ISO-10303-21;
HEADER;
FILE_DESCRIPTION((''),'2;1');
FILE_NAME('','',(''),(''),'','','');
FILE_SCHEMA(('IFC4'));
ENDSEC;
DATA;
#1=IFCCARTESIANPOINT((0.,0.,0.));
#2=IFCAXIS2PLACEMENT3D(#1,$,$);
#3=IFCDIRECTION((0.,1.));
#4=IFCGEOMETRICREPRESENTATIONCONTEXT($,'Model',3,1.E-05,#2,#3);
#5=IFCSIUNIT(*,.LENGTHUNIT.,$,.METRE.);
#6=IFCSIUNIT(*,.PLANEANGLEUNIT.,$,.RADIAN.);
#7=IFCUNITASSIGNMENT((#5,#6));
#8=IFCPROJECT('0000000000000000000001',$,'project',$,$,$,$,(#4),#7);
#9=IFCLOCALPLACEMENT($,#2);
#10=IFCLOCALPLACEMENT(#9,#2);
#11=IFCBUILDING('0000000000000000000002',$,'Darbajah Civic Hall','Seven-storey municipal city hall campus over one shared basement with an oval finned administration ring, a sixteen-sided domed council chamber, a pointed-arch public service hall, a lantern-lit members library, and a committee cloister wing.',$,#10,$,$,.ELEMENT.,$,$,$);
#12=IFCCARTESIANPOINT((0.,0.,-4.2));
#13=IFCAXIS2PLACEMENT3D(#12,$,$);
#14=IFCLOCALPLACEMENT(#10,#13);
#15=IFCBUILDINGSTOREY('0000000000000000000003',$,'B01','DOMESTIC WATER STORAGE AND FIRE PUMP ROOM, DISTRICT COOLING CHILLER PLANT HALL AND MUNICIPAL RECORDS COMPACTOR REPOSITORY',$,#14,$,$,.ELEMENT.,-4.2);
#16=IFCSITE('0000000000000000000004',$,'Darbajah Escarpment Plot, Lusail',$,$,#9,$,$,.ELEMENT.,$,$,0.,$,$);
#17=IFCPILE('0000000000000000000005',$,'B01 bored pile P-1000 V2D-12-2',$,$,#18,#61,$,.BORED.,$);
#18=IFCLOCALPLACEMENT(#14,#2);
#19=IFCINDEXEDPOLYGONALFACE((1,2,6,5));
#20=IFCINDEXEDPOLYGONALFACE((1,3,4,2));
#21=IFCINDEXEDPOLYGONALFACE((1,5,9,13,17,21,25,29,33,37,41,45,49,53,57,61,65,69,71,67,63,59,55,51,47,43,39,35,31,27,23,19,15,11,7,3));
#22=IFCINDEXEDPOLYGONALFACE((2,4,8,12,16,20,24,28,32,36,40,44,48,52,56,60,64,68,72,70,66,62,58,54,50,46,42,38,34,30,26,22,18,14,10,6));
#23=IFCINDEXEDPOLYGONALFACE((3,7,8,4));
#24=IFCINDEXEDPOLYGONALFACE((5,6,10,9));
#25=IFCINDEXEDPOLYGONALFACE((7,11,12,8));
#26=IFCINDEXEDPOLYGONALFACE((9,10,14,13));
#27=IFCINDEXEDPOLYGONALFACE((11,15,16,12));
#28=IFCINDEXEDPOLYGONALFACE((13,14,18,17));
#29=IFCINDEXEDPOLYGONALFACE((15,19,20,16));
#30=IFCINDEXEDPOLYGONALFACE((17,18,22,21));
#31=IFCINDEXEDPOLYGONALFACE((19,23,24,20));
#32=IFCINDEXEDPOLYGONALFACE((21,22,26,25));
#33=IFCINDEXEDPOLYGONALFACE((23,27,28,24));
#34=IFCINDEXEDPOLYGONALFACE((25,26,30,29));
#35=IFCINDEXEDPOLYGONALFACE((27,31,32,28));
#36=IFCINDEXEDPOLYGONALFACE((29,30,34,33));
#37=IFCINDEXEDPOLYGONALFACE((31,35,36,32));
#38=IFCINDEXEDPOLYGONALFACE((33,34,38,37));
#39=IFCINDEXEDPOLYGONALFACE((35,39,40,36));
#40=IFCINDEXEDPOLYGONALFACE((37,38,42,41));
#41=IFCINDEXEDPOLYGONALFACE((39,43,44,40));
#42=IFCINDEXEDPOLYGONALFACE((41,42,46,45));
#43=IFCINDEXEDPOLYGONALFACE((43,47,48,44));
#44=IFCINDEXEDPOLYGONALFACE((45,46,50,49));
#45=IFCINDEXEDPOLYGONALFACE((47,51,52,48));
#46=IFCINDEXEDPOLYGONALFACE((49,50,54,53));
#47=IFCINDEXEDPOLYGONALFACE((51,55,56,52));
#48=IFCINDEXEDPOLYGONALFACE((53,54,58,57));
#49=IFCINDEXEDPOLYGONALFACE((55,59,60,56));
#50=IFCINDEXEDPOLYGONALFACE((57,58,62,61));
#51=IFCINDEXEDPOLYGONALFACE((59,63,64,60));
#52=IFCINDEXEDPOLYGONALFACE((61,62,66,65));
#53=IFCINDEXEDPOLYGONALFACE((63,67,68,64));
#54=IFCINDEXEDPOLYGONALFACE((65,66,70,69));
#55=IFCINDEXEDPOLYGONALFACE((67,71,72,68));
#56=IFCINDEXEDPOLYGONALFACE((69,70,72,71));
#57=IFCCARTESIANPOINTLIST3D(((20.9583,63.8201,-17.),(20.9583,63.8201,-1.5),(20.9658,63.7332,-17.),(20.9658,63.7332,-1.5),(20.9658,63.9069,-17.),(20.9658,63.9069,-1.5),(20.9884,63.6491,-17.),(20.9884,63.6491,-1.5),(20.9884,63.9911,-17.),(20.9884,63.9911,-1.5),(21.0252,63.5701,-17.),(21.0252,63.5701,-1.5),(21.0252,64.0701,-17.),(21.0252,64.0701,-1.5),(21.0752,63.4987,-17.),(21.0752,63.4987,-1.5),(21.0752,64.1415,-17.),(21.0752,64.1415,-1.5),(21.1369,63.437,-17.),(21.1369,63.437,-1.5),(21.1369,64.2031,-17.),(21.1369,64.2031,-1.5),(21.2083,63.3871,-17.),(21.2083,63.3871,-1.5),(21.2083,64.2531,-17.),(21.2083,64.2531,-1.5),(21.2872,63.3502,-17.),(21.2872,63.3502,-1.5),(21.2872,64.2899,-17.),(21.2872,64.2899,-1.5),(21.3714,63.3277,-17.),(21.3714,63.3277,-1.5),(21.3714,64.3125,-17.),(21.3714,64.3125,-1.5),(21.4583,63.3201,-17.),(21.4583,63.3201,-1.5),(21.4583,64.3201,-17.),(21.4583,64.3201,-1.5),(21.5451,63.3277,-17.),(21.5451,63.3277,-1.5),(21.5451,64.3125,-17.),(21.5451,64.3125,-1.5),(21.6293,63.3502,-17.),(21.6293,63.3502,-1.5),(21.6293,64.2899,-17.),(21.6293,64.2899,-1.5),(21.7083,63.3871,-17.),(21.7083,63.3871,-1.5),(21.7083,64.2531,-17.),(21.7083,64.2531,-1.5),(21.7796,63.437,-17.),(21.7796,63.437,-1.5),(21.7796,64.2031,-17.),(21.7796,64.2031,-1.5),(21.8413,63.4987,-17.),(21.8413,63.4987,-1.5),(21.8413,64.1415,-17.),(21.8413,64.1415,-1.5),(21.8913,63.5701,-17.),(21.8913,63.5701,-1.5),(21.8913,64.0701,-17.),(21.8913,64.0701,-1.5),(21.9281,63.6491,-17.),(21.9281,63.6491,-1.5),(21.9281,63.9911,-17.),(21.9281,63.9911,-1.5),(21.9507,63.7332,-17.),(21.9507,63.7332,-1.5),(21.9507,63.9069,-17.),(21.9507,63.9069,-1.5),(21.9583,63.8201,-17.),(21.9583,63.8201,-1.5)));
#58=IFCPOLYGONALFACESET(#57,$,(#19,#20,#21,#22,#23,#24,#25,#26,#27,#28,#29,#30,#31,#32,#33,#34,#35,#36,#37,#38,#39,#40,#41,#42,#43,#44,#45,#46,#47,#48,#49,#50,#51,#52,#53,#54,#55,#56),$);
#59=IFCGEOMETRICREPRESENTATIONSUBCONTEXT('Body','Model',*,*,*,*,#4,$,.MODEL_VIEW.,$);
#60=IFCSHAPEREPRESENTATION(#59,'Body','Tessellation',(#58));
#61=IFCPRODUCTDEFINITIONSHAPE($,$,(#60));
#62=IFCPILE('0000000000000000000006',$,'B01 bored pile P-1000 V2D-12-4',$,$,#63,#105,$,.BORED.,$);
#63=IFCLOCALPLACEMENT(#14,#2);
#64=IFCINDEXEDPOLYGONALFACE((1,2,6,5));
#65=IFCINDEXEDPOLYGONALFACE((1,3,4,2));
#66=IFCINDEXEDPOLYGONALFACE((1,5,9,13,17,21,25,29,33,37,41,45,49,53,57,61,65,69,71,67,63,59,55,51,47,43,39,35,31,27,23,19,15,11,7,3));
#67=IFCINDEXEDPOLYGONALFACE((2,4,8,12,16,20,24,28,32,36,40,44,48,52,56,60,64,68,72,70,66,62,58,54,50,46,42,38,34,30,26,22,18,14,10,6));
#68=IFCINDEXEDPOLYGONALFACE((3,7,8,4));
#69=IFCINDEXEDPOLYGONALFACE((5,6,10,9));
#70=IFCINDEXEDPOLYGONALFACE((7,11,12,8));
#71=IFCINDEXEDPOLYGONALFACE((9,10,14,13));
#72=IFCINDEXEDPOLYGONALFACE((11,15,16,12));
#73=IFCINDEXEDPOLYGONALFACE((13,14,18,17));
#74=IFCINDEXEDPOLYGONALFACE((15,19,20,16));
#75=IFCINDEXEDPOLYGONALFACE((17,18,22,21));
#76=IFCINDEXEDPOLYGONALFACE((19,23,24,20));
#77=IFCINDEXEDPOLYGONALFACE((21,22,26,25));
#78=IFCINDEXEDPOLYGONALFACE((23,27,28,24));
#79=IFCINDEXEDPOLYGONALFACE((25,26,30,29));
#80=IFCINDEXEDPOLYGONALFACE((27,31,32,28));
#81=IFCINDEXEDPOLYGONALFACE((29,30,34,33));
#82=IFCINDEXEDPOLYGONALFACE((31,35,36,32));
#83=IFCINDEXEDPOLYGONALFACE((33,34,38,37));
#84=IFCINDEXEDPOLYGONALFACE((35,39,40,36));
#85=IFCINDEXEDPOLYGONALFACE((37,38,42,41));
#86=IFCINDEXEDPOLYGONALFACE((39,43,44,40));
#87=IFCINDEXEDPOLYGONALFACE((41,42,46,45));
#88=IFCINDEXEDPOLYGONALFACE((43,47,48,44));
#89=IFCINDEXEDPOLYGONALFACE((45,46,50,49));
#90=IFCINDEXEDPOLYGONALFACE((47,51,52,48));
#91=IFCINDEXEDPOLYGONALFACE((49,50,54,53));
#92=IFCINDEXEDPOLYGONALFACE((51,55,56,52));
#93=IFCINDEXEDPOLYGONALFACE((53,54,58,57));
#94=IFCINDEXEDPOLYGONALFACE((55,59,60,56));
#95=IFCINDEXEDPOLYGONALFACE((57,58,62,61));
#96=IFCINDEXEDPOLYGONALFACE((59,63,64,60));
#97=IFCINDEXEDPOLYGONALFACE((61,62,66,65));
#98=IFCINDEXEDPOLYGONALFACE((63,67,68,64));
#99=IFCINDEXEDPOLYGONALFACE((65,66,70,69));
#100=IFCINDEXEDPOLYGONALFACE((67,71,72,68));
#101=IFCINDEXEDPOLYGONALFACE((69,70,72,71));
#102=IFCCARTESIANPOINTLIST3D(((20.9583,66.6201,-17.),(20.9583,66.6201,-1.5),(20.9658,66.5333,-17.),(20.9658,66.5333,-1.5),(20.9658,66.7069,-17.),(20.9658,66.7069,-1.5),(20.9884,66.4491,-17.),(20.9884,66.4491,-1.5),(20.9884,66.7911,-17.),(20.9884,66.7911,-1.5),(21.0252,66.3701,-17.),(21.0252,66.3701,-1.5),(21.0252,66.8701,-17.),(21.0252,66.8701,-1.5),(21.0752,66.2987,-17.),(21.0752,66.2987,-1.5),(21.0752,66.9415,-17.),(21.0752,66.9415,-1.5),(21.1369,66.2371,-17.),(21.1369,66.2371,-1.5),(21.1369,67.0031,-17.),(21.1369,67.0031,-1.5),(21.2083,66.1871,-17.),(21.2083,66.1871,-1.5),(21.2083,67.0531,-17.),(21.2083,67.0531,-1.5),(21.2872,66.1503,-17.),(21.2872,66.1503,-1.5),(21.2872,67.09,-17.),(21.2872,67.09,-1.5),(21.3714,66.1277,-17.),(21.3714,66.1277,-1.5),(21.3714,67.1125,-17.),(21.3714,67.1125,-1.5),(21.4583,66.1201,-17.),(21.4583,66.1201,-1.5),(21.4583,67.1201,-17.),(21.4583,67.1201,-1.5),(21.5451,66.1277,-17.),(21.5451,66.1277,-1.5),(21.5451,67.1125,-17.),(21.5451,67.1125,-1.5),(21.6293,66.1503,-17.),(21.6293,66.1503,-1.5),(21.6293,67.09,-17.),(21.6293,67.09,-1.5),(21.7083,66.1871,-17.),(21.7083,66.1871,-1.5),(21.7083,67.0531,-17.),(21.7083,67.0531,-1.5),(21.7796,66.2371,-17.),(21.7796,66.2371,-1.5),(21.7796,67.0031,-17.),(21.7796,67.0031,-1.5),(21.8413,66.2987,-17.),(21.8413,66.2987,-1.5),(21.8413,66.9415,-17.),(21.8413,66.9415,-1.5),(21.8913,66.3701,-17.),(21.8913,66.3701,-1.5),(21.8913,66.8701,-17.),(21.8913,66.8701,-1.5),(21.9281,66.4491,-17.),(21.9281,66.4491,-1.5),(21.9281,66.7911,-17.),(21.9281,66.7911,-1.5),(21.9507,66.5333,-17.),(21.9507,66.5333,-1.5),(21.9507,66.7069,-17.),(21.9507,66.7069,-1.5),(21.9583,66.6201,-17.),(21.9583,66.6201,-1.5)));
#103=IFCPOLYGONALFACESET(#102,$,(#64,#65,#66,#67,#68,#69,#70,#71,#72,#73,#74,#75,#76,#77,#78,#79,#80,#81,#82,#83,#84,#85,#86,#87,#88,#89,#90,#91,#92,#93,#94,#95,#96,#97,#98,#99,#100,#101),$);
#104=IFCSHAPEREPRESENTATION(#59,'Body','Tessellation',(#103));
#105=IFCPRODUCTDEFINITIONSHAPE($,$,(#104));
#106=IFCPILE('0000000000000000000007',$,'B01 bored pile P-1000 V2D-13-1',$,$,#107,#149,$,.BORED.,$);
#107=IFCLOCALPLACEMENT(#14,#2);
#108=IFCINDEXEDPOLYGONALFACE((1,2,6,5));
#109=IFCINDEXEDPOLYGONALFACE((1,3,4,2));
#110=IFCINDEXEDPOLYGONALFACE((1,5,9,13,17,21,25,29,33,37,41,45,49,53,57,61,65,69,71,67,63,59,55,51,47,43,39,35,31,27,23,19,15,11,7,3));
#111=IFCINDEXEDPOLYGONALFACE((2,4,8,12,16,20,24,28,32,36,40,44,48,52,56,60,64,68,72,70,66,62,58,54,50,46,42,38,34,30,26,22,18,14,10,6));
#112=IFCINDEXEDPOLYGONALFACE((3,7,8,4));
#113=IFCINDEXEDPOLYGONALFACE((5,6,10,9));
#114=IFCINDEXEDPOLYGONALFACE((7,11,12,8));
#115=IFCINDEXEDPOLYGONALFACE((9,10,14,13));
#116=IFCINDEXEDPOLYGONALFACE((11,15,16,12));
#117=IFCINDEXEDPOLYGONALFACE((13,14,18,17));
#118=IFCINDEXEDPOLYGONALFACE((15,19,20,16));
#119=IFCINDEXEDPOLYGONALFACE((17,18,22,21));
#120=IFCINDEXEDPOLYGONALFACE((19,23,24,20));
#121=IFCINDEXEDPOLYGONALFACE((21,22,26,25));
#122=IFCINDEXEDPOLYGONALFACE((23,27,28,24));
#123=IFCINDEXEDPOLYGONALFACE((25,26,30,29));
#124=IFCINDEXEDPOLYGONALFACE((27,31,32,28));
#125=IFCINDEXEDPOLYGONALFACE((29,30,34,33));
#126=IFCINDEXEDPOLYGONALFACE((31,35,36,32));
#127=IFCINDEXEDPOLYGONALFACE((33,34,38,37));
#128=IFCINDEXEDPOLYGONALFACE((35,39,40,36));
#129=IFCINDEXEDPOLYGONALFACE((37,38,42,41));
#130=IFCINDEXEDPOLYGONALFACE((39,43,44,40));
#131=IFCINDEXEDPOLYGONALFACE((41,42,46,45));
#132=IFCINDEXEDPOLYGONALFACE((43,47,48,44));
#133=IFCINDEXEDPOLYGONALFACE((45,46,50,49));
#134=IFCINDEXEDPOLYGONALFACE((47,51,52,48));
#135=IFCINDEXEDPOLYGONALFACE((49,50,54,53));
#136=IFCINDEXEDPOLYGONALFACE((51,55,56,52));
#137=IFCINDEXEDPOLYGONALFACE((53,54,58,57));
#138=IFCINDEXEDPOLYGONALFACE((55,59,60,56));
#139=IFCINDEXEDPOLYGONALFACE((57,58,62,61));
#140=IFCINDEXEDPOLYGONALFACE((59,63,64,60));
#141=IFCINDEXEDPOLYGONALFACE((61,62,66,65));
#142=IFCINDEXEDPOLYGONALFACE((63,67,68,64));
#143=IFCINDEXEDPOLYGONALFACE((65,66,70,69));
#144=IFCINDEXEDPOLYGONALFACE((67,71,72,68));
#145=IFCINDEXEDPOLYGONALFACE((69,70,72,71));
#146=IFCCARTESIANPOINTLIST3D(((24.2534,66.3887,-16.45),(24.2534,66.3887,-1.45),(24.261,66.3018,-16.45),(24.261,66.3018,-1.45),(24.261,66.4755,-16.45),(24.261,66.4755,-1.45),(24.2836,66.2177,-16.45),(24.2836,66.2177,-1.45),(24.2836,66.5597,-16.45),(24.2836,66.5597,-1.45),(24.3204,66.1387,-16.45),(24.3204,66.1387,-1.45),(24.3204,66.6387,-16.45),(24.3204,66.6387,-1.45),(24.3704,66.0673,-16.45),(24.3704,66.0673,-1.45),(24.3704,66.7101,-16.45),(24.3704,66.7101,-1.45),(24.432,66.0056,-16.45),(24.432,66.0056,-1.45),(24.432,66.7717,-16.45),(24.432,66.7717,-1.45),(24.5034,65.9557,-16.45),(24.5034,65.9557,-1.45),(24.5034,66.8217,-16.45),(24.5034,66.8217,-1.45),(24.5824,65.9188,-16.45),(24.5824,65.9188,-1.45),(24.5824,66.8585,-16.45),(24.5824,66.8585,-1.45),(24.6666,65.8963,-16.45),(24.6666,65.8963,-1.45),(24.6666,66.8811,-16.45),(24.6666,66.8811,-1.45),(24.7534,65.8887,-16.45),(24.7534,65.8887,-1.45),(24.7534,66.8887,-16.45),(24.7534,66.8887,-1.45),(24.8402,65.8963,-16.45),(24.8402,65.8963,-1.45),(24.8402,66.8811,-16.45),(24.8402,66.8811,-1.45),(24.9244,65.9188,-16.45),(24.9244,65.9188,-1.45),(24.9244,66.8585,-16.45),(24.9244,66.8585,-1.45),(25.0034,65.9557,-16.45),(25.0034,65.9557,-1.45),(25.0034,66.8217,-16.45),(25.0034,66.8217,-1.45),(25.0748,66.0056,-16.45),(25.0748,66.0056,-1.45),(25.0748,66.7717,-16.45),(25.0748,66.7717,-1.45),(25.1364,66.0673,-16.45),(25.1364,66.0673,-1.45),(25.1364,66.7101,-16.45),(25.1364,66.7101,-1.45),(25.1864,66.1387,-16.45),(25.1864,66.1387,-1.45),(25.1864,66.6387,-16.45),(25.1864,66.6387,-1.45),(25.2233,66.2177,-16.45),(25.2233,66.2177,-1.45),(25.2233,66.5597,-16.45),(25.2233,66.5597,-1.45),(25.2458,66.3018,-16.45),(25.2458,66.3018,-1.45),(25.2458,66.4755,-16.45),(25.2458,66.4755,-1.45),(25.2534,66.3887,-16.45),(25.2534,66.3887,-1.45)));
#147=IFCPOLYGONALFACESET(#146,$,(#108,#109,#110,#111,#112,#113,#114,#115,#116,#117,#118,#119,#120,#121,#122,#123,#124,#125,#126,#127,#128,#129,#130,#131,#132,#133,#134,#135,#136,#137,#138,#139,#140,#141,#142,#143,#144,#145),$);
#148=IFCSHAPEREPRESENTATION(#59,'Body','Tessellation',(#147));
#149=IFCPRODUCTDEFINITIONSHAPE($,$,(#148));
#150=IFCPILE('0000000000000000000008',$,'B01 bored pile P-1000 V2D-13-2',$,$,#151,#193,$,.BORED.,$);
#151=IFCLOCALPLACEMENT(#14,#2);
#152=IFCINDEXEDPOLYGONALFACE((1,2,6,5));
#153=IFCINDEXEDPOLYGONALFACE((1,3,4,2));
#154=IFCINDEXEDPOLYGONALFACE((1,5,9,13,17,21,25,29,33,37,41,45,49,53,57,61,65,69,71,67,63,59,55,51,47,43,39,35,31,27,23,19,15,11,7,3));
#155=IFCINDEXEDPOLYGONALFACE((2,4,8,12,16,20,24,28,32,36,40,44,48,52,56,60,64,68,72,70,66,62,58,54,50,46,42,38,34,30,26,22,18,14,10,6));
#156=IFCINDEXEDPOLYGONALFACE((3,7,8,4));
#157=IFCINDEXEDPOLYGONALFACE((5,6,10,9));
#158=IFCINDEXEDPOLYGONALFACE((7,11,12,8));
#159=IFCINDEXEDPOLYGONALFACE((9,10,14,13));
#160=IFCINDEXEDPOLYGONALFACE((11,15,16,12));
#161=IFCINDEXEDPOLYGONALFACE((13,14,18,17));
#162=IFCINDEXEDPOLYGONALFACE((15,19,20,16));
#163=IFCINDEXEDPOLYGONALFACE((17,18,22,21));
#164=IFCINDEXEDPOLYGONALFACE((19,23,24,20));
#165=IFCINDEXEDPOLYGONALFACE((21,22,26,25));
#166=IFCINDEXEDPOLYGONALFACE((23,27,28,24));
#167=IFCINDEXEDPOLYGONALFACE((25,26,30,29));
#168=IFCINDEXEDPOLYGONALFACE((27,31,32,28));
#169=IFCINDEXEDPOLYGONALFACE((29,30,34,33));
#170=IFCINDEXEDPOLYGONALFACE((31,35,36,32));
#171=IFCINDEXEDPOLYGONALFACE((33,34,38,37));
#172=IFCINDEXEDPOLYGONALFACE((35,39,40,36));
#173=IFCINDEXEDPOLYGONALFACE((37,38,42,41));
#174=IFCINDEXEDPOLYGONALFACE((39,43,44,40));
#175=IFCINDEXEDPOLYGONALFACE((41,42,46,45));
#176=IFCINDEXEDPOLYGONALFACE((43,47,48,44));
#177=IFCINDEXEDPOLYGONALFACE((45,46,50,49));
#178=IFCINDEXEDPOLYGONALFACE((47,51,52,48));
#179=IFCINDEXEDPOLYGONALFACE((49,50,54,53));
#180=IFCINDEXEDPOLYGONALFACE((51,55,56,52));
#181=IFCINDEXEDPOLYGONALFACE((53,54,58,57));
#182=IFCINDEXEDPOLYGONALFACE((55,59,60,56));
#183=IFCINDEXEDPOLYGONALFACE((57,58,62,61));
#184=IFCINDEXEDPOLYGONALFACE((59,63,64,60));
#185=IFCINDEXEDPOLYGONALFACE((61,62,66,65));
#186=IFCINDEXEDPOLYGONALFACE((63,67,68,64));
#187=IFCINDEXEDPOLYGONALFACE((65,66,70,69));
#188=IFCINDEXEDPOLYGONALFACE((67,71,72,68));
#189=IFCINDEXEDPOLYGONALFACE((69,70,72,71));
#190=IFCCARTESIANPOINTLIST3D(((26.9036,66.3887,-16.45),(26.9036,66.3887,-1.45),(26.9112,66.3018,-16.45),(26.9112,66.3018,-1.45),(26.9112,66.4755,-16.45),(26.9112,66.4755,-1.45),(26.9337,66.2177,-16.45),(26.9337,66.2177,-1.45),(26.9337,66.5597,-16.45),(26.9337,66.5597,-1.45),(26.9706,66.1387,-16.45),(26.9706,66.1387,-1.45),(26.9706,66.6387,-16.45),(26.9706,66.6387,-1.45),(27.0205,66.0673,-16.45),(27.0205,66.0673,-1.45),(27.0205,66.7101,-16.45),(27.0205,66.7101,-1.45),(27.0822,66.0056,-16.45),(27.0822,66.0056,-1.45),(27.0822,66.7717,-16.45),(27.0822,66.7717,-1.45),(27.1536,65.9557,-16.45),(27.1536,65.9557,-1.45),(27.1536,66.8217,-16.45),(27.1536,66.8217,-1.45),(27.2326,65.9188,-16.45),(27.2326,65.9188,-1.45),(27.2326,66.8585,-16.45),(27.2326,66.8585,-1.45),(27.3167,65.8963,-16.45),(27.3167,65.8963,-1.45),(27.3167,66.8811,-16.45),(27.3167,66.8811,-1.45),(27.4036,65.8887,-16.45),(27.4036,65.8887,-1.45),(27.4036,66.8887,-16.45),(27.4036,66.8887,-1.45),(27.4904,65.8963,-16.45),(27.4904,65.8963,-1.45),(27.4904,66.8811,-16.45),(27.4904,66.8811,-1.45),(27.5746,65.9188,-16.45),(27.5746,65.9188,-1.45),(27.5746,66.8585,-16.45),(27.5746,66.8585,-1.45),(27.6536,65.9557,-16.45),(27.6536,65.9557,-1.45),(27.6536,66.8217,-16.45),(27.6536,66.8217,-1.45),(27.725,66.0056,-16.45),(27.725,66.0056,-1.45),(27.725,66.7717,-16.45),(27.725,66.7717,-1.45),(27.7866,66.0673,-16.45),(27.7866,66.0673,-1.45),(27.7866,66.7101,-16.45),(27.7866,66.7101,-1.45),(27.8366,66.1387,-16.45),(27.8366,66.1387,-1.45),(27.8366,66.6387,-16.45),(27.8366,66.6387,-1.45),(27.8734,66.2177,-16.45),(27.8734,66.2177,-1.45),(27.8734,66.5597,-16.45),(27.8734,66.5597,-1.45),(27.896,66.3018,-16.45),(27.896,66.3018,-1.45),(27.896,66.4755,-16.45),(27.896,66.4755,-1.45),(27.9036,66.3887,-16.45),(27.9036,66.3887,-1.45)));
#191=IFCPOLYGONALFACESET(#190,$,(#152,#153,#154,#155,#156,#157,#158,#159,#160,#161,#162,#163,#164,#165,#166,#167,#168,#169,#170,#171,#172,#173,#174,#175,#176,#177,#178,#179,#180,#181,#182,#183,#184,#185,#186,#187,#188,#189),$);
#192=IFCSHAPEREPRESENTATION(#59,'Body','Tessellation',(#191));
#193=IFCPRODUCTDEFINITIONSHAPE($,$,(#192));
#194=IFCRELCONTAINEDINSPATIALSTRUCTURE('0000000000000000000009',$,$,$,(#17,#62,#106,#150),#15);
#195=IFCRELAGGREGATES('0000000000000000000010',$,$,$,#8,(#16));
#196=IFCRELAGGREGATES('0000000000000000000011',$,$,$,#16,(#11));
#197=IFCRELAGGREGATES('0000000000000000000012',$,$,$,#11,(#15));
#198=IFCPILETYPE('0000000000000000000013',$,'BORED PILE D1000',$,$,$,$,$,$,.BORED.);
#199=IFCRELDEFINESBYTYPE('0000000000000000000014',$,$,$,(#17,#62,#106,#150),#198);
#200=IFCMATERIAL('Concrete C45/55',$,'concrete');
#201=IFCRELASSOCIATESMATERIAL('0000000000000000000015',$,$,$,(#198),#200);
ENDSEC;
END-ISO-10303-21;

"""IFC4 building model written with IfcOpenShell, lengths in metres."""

from ifc_helpers import new_model, si_unit, direction, frame, origin, origin_2d, place, context, subcontext, project, spatial, circle, extrude, material, material_profile, profile_set, type_object, element, save


model = new_model("IFC4")

# Units and contexts
model_context = context("Model", 3, precision=1e-05, world=origin(), true_north=direction((0.0, 1.0)))
body_context = subcontext(model_context, "Body", "Model", "MODEL_VIEW")
ifc_project = project(units=[si_unit("LENGTHUNIT", "METRE"), si_unit("PLANEANGLEUNIT", "RADIAN")], contexts=[model_context])

# Site, building, storey
site_placement = place(None, origin())
site = spatial("IfcSite", under=ifc_project, at=site_placement, Name="Darbajah Escarpment Plot, Lusail", CompositionType="ELEMENT", RefElevation=0.0)
building_placement = place(site_placement, origin())
building = spatial("IfcBuilding", under=site, at=building_placement, Name="Darbajah Civic Hall", Description="Seven-storey municipal city hall campus over one shared basement with an oval finned administration ring, a sixteen-sided domed council chamber, a pointed-arch public service hall, a lantern-lit members library, and a committee cloister wing.", CompositionType="ELEMENT")
storey_placement = place(building_placement, frame((0.0, 0.0, -4.2)))
storey = spatial("IfcBuildingStorey", under=building, at=storey_placement, Name="B01", Description="DOMESTIC WATER STORAGE AND FIRE PUMP ROOM, DISTRICT COOLING CHILLER PLANT HALL AND MUNICIPAL RECORDS COMPACTOR REPOSITORY", CompositionType="ELEMENT", Elevation=-4.2)

# Piles
ifc_material_1 = material(Name="Concrete C45/55", Category="concrete")
ifc_material_profile_1 = material_profile(ifc_material_1, circle(Radius=0.5, at=origin_2d()), Name="BORED PILE D1000")
ifc_profile_set_1 = profile_set([ifc_material_profile_1], Name="Concrete C45/55")
pile_type_1 = type_object("IfcPileType", Name="BORED PILE D1000", PredefinedType="BORED", material=ifc_profile_set_1)
for number, where, z_axis, x_axis, name in (
    (1, (21.4583, 63.8201, -1.5), (0.0, 0.0, -1.0), (1.0, 0.0, 0.0), "B01 bored pile P-1000 V2D-12-2"),
    (2, (21.4583, 66.6201, -1.5), (0.0, 0.0, -1.0), (1.0, 0.0, 0.0), "B01 bored pile P-1000 V2D-12-4"),
):
    element("IfcPile", number, at=place(storey_placement, frame(where, z_axis=z_axis, x_axis=x_axis)), inside=storey, type_object=pile_type_1, Name=name, PredefinedType="BORED", context=body_context, shape_type="SweptSolid", body=[
        extrude(circle(Radius=0.5, at=origin_2d()), origin(), (0.0, 0.0, 1.0), 15.5),
    ])
for number, where, z_axis, x_axis, name in (
    (3, (24.7534, 66.3887, -1.45), (0.0, 0.0, -1.0), (1.0, 0.0, 0.0), "B01 bored pile P-1000 V2D-13-1"),
    (4, (27.4036, 66.3887, -1.45), (0.0, 0.0, -1.0), (1.0, 0.0, 0.0), "B01 bored pile P-1000 V2D-13-2"),
):
    element("IfcPile", number, at=place(storey_placement, frame(where, z_axis=z_axis, x_axis=x_axis)), inside=storey, type_object=pile_type_1, Name=name, PredefinedType="BORED", context=body_context, shape_type="SweptSolid", body=[
        extrude(circle(Radius=0.5, at=origin_2d()), origin(), (0.0, 0.0, 1.0), 15.0),
    ])

save(model, "model.ifc")
